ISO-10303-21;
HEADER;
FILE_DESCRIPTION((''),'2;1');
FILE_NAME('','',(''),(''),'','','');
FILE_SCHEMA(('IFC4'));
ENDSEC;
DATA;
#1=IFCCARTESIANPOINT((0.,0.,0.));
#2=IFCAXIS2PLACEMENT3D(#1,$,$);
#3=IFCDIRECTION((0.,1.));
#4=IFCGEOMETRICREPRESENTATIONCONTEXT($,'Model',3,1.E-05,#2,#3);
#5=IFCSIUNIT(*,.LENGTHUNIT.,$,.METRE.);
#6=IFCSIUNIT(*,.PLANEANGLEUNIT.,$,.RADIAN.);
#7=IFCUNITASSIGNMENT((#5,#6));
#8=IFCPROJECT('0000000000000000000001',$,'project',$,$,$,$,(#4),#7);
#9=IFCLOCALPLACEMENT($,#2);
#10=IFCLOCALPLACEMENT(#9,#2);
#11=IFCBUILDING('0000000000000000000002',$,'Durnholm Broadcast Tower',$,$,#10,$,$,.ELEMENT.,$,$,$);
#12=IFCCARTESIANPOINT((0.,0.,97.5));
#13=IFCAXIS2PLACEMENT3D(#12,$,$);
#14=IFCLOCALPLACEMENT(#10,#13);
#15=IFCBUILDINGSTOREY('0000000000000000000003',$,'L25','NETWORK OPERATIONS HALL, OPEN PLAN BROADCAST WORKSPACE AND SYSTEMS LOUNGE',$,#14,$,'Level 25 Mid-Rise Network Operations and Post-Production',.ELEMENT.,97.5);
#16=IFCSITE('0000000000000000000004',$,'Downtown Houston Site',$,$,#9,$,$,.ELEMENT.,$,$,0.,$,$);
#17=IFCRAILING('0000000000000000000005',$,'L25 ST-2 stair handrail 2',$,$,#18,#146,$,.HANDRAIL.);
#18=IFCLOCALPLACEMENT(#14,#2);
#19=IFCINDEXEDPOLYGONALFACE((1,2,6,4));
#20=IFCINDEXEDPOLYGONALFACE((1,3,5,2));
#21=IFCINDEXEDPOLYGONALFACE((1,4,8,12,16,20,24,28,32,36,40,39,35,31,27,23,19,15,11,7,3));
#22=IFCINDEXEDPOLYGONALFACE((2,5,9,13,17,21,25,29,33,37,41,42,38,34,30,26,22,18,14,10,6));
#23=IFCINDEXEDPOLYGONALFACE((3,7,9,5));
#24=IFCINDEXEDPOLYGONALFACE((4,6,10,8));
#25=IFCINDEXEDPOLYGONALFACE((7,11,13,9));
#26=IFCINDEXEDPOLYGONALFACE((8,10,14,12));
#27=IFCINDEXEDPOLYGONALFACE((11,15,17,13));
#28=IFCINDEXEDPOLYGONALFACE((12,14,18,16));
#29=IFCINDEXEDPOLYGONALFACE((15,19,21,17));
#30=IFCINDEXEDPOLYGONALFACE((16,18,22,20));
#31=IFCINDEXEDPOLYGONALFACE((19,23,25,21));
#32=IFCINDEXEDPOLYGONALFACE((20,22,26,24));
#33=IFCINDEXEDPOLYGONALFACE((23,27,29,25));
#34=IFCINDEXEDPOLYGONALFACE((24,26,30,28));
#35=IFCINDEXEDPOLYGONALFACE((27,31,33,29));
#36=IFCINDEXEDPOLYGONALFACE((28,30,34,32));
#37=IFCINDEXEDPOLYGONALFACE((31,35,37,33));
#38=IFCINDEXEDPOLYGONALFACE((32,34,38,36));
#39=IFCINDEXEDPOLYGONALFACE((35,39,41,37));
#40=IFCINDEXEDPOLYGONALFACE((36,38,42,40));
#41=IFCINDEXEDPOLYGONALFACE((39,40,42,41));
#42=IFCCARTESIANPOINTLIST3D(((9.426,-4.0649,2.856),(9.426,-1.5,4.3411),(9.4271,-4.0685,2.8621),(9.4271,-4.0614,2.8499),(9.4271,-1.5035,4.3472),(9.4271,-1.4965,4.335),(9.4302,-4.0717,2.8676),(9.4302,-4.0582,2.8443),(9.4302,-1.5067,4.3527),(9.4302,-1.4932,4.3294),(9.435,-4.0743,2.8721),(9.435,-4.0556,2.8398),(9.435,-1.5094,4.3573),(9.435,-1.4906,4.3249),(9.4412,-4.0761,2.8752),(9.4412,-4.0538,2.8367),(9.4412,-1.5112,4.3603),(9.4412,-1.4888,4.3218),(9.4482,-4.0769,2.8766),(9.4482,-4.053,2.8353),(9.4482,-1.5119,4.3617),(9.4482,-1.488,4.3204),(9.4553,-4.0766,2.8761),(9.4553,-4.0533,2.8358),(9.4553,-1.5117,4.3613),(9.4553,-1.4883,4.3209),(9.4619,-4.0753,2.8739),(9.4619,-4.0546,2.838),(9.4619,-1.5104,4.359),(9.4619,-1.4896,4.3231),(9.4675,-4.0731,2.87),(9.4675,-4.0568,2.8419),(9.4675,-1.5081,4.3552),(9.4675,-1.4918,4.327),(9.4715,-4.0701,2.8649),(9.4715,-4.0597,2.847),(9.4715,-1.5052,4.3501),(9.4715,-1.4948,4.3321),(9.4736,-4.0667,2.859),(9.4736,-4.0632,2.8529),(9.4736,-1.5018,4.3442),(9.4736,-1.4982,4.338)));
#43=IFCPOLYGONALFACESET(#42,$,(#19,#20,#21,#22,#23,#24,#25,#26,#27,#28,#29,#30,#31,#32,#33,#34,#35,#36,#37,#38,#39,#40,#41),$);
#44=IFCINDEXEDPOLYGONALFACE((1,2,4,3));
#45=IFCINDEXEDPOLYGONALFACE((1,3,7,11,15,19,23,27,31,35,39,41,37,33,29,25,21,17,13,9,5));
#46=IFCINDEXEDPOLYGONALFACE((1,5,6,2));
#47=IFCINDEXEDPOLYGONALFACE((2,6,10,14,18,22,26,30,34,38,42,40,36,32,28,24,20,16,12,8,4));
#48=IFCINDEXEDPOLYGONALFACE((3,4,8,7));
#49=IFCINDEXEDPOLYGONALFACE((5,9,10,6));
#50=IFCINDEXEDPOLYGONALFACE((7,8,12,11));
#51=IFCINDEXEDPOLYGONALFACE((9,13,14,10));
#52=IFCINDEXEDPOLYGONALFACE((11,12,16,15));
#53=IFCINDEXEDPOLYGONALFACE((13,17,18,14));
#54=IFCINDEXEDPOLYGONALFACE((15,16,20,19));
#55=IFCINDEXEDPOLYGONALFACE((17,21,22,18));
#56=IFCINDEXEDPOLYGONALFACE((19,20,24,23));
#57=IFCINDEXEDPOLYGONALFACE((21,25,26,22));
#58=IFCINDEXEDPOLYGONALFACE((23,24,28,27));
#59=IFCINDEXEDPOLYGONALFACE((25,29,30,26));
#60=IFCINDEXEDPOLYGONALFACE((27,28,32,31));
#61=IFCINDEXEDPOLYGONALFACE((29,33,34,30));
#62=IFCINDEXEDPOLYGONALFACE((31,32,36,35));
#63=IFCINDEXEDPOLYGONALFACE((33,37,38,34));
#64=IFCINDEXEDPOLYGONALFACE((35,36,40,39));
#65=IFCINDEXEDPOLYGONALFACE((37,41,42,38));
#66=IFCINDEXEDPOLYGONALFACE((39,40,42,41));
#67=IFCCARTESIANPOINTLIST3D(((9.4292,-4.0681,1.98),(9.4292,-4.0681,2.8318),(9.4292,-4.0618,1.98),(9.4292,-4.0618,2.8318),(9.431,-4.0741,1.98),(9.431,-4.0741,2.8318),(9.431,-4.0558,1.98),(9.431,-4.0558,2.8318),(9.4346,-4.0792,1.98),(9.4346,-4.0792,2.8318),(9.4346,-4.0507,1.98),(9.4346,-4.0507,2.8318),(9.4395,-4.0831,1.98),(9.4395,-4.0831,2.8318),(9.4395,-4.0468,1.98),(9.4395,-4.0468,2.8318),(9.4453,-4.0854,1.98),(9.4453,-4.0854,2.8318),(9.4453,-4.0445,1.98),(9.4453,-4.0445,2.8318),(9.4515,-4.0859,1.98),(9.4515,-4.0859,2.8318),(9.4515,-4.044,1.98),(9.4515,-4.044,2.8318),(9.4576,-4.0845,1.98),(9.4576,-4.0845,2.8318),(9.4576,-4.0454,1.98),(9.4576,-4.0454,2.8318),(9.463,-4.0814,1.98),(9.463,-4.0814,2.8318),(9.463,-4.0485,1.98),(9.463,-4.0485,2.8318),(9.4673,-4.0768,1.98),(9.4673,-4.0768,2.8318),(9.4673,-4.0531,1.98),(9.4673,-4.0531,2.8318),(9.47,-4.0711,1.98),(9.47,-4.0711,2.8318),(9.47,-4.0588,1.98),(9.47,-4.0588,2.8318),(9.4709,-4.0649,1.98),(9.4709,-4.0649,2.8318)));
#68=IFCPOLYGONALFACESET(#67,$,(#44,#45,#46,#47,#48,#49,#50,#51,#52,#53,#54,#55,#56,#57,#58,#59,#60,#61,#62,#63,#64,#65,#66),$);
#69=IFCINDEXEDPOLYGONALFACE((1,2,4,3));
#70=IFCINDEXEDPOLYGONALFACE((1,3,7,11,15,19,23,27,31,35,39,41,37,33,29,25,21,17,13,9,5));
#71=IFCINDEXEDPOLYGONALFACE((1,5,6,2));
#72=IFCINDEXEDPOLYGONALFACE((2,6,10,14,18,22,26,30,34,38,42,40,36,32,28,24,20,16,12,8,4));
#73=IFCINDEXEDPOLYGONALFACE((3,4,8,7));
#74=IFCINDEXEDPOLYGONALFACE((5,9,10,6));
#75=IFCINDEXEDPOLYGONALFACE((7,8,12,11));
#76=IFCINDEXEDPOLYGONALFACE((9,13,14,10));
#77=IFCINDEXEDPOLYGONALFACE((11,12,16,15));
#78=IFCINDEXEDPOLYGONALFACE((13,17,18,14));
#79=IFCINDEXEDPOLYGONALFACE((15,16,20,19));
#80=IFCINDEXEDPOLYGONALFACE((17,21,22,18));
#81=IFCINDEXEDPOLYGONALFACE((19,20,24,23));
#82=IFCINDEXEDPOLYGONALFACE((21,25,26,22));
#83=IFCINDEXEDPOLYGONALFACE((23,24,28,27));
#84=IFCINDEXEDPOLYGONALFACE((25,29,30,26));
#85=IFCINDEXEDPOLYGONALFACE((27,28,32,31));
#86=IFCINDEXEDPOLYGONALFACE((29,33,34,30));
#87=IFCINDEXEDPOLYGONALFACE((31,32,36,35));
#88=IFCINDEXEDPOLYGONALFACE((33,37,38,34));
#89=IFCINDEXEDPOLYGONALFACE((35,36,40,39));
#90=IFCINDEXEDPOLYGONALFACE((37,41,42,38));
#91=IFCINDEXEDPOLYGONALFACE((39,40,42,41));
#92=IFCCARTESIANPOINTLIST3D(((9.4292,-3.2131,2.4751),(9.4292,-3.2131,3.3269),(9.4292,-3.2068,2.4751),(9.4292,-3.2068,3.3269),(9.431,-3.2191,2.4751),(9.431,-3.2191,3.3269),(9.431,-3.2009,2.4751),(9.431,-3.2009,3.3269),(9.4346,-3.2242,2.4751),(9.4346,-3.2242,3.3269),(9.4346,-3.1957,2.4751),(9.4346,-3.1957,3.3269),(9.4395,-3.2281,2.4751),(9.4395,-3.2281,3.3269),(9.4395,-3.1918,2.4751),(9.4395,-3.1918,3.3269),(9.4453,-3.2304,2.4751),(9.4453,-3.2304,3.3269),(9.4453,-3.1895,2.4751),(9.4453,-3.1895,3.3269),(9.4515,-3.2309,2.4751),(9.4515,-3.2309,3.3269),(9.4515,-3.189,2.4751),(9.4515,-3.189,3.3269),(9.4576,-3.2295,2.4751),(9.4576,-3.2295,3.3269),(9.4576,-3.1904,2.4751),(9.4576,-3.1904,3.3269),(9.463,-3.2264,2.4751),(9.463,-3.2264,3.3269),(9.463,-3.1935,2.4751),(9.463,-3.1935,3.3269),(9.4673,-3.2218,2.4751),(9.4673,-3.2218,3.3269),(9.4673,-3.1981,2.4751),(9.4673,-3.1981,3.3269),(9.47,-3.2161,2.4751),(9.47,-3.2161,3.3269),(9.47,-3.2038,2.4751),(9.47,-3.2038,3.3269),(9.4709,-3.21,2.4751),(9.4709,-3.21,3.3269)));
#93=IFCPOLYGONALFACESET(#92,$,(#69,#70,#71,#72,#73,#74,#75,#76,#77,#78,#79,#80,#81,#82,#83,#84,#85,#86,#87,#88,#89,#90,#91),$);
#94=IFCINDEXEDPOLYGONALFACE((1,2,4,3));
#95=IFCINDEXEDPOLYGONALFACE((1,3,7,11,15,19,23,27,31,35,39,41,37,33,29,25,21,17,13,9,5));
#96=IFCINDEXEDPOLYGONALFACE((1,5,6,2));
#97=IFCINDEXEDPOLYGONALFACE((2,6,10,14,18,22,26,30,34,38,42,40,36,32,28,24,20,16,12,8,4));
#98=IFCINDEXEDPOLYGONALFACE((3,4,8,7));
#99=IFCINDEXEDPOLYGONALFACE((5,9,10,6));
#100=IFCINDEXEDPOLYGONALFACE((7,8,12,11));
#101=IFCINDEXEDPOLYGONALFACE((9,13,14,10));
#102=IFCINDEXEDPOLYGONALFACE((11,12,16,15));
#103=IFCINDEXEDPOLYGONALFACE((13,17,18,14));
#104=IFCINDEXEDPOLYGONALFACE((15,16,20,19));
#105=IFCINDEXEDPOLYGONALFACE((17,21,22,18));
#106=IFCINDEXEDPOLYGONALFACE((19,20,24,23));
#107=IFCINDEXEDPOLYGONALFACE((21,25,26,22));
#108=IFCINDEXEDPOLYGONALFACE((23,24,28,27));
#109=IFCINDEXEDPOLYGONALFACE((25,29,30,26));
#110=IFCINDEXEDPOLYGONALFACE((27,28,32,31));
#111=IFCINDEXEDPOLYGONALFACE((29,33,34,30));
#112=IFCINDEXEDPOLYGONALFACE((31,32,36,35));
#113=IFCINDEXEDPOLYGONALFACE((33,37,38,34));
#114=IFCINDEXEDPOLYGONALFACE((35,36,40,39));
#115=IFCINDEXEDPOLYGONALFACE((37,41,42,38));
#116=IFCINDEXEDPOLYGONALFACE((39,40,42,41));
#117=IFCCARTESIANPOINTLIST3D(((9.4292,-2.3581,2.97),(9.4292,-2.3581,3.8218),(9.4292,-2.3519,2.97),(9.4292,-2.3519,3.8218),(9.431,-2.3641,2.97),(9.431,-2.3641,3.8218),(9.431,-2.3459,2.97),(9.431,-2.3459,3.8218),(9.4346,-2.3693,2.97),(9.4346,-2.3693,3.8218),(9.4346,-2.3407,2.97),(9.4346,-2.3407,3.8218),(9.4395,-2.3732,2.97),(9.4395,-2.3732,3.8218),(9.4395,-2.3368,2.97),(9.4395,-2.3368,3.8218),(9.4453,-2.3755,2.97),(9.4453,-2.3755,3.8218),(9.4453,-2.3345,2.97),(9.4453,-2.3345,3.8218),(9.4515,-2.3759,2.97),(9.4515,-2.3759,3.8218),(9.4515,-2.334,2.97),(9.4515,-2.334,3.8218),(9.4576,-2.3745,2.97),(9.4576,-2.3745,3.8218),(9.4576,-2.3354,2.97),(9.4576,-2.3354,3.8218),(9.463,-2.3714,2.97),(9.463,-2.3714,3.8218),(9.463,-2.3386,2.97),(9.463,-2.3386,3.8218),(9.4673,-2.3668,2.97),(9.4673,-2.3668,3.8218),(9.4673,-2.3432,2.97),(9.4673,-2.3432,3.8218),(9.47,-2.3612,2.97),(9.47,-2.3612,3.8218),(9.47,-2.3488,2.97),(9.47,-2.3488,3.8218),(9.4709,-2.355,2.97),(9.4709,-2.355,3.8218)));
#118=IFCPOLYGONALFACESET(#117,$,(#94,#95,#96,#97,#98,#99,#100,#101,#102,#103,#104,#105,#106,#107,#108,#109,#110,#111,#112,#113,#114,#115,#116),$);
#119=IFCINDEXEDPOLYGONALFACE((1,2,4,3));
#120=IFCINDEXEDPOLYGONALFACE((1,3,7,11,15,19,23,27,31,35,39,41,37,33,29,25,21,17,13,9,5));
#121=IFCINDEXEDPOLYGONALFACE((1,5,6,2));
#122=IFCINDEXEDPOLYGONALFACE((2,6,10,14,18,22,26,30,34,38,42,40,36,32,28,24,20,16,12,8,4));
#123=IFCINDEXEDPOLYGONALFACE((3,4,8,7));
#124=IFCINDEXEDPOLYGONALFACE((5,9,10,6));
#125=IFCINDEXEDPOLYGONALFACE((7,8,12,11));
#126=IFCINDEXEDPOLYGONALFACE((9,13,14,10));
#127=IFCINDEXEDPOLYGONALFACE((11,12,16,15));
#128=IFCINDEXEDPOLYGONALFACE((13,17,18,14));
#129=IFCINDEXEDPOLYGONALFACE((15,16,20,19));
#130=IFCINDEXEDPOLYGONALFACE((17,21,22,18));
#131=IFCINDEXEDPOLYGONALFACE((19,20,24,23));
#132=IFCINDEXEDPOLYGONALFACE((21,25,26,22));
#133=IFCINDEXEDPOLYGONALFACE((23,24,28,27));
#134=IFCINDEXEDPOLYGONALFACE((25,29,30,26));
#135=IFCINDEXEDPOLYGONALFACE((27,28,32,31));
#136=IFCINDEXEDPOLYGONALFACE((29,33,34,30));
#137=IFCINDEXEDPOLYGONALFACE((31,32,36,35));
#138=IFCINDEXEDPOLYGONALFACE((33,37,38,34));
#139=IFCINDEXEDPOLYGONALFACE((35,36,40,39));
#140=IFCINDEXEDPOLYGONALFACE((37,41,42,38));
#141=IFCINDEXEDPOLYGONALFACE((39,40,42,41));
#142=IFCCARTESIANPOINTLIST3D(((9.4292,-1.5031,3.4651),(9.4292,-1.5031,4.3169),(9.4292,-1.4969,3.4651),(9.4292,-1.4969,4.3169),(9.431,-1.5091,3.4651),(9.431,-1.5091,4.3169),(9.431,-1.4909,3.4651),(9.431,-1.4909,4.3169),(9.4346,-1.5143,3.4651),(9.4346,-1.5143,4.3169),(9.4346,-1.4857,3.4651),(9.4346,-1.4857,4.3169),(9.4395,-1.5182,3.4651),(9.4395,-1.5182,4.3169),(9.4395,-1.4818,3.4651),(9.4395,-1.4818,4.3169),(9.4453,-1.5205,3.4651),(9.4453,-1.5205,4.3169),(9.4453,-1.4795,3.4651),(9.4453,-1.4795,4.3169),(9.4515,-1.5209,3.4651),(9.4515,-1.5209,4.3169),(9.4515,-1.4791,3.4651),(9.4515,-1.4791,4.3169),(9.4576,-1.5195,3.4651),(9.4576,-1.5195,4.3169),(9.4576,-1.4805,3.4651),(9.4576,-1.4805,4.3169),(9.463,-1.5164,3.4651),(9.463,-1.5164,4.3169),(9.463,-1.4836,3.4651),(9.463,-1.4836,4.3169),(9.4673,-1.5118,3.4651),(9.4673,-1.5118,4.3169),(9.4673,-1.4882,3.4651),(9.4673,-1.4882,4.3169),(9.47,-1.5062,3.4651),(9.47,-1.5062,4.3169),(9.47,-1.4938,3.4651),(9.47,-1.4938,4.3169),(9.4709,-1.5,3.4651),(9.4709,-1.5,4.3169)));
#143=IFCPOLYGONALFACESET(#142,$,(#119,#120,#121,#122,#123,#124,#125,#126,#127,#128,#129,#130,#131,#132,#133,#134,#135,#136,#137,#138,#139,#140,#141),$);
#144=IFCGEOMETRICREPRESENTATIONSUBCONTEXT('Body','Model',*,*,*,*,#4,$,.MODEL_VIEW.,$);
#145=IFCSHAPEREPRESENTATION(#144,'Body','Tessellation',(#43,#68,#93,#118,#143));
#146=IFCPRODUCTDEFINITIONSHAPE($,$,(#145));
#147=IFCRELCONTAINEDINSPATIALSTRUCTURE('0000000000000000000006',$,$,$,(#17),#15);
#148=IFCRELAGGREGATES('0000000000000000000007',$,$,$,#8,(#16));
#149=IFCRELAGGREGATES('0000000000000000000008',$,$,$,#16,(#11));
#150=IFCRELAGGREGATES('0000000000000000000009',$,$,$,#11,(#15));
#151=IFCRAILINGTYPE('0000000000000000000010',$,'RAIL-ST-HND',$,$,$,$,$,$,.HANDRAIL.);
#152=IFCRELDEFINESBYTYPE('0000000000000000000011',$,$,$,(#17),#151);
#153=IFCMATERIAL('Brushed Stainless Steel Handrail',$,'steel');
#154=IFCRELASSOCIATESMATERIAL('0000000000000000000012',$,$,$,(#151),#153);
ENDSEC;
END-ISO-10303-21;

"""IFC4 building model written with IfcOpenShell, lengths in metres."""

from ifc_helpers import new_model, si_unit, direction, frame, origin, origin_2d, place, context, subcontext, project, spatial, circle, extrude, material, type_object, element, save


model = new_model("IFC4")

# Units and contexts
model_context = context("Model", 3, precision=1e-05, world=origin(), true_north=direction((0.0, 1.0)))
body_context = subcontext(model_context, "Body", "Model", "MODEL_VIEW")
ifc_project = project(units=[si_unit("LENGTHUNIT", "METRE"), si_unit("PLANEANGLEUNIT", "RADIAN")], contexts=[model_context])

# Site, building, storey
site_placement = place(None, origin())
site = spatial("IfcSite", under=ifc_project, at=site_placement, Name="Downtown Houston Site", CompositionType="ELEMENT", RefElevation=0.0)
building_placement = place(site_placement, origin())
building = spatial("IfcBuilding", under=site, at=building_placement, Name="Durnholm Broadcast Tower", CompositionType="ELEMENT")
storey_placement = place(building_placement, frame((0.0, 0.0, 97.5)))
storey = spatial("IfcBuildingStorey", under=building, at=storey_placement, Name="L25", Description="NETWORK OPERATIONS HALL, OPEN PLAN BROADCAST WORKSPACE AND SYSTEMS LOUNGE", LongName="Level 25 Mid-Rise Network Operations and Post-Production", CompositionType="ELEMENT", Elevation=97.5)

# Railing
ifc_material_1 = material(Name="Brushed Stainless Steel Handrail", Category="steel")
railing_type_1 = type_object("IfcRailingType", Name="RAIL-ST-HND", PredefinedType="HANDRAIL", material=ifc_material_1)
railing_1_placement = place(storey_placement, frame((9.45, -4.0649, 1.98)))
element("IfcRailing", 1, at=railing_1_placement, inside=storey, type_object=railing_type_1, Name="L25 ST-2 stair handrail 2", PredefinedType="HANDRAIL", context=body_context, shape_type="SweptSolid", body=[
    extrude(circle(Radius=0.0239, at=origin_2d()), frame((0.0, 0.0, 0.876), z_axis=(0.0, 0.865406, 0.501072), x_axis=(-1.0, 0.0, 0.0)), (0.0, 0.0, 1.0), 2.9639),
    extrude(circle(Radius=0.021, at=origin_2d()), origin(), (0.0, 0.0, 1.0), 0.8518),
    extrude(circle(Radius=0.021, at=origin_2d()), frame((0.0, 0.855, 0.4951)), (0.0, 0.0, 1.0), 0.8518),
    extrude(circle(Radius=0.021, at=origin_2d()), frame((0.0, 1.71, 0.99)), (0.0, 0.0, 1.0), 0.8518),
    extrude(circle(Radius=0.021, at=origin_2d()), frame((0.0, 2.5649, 1.4851)), (0.0, 0.0, 1.0), 0.8518),
])

save(model, "model.ifc")
